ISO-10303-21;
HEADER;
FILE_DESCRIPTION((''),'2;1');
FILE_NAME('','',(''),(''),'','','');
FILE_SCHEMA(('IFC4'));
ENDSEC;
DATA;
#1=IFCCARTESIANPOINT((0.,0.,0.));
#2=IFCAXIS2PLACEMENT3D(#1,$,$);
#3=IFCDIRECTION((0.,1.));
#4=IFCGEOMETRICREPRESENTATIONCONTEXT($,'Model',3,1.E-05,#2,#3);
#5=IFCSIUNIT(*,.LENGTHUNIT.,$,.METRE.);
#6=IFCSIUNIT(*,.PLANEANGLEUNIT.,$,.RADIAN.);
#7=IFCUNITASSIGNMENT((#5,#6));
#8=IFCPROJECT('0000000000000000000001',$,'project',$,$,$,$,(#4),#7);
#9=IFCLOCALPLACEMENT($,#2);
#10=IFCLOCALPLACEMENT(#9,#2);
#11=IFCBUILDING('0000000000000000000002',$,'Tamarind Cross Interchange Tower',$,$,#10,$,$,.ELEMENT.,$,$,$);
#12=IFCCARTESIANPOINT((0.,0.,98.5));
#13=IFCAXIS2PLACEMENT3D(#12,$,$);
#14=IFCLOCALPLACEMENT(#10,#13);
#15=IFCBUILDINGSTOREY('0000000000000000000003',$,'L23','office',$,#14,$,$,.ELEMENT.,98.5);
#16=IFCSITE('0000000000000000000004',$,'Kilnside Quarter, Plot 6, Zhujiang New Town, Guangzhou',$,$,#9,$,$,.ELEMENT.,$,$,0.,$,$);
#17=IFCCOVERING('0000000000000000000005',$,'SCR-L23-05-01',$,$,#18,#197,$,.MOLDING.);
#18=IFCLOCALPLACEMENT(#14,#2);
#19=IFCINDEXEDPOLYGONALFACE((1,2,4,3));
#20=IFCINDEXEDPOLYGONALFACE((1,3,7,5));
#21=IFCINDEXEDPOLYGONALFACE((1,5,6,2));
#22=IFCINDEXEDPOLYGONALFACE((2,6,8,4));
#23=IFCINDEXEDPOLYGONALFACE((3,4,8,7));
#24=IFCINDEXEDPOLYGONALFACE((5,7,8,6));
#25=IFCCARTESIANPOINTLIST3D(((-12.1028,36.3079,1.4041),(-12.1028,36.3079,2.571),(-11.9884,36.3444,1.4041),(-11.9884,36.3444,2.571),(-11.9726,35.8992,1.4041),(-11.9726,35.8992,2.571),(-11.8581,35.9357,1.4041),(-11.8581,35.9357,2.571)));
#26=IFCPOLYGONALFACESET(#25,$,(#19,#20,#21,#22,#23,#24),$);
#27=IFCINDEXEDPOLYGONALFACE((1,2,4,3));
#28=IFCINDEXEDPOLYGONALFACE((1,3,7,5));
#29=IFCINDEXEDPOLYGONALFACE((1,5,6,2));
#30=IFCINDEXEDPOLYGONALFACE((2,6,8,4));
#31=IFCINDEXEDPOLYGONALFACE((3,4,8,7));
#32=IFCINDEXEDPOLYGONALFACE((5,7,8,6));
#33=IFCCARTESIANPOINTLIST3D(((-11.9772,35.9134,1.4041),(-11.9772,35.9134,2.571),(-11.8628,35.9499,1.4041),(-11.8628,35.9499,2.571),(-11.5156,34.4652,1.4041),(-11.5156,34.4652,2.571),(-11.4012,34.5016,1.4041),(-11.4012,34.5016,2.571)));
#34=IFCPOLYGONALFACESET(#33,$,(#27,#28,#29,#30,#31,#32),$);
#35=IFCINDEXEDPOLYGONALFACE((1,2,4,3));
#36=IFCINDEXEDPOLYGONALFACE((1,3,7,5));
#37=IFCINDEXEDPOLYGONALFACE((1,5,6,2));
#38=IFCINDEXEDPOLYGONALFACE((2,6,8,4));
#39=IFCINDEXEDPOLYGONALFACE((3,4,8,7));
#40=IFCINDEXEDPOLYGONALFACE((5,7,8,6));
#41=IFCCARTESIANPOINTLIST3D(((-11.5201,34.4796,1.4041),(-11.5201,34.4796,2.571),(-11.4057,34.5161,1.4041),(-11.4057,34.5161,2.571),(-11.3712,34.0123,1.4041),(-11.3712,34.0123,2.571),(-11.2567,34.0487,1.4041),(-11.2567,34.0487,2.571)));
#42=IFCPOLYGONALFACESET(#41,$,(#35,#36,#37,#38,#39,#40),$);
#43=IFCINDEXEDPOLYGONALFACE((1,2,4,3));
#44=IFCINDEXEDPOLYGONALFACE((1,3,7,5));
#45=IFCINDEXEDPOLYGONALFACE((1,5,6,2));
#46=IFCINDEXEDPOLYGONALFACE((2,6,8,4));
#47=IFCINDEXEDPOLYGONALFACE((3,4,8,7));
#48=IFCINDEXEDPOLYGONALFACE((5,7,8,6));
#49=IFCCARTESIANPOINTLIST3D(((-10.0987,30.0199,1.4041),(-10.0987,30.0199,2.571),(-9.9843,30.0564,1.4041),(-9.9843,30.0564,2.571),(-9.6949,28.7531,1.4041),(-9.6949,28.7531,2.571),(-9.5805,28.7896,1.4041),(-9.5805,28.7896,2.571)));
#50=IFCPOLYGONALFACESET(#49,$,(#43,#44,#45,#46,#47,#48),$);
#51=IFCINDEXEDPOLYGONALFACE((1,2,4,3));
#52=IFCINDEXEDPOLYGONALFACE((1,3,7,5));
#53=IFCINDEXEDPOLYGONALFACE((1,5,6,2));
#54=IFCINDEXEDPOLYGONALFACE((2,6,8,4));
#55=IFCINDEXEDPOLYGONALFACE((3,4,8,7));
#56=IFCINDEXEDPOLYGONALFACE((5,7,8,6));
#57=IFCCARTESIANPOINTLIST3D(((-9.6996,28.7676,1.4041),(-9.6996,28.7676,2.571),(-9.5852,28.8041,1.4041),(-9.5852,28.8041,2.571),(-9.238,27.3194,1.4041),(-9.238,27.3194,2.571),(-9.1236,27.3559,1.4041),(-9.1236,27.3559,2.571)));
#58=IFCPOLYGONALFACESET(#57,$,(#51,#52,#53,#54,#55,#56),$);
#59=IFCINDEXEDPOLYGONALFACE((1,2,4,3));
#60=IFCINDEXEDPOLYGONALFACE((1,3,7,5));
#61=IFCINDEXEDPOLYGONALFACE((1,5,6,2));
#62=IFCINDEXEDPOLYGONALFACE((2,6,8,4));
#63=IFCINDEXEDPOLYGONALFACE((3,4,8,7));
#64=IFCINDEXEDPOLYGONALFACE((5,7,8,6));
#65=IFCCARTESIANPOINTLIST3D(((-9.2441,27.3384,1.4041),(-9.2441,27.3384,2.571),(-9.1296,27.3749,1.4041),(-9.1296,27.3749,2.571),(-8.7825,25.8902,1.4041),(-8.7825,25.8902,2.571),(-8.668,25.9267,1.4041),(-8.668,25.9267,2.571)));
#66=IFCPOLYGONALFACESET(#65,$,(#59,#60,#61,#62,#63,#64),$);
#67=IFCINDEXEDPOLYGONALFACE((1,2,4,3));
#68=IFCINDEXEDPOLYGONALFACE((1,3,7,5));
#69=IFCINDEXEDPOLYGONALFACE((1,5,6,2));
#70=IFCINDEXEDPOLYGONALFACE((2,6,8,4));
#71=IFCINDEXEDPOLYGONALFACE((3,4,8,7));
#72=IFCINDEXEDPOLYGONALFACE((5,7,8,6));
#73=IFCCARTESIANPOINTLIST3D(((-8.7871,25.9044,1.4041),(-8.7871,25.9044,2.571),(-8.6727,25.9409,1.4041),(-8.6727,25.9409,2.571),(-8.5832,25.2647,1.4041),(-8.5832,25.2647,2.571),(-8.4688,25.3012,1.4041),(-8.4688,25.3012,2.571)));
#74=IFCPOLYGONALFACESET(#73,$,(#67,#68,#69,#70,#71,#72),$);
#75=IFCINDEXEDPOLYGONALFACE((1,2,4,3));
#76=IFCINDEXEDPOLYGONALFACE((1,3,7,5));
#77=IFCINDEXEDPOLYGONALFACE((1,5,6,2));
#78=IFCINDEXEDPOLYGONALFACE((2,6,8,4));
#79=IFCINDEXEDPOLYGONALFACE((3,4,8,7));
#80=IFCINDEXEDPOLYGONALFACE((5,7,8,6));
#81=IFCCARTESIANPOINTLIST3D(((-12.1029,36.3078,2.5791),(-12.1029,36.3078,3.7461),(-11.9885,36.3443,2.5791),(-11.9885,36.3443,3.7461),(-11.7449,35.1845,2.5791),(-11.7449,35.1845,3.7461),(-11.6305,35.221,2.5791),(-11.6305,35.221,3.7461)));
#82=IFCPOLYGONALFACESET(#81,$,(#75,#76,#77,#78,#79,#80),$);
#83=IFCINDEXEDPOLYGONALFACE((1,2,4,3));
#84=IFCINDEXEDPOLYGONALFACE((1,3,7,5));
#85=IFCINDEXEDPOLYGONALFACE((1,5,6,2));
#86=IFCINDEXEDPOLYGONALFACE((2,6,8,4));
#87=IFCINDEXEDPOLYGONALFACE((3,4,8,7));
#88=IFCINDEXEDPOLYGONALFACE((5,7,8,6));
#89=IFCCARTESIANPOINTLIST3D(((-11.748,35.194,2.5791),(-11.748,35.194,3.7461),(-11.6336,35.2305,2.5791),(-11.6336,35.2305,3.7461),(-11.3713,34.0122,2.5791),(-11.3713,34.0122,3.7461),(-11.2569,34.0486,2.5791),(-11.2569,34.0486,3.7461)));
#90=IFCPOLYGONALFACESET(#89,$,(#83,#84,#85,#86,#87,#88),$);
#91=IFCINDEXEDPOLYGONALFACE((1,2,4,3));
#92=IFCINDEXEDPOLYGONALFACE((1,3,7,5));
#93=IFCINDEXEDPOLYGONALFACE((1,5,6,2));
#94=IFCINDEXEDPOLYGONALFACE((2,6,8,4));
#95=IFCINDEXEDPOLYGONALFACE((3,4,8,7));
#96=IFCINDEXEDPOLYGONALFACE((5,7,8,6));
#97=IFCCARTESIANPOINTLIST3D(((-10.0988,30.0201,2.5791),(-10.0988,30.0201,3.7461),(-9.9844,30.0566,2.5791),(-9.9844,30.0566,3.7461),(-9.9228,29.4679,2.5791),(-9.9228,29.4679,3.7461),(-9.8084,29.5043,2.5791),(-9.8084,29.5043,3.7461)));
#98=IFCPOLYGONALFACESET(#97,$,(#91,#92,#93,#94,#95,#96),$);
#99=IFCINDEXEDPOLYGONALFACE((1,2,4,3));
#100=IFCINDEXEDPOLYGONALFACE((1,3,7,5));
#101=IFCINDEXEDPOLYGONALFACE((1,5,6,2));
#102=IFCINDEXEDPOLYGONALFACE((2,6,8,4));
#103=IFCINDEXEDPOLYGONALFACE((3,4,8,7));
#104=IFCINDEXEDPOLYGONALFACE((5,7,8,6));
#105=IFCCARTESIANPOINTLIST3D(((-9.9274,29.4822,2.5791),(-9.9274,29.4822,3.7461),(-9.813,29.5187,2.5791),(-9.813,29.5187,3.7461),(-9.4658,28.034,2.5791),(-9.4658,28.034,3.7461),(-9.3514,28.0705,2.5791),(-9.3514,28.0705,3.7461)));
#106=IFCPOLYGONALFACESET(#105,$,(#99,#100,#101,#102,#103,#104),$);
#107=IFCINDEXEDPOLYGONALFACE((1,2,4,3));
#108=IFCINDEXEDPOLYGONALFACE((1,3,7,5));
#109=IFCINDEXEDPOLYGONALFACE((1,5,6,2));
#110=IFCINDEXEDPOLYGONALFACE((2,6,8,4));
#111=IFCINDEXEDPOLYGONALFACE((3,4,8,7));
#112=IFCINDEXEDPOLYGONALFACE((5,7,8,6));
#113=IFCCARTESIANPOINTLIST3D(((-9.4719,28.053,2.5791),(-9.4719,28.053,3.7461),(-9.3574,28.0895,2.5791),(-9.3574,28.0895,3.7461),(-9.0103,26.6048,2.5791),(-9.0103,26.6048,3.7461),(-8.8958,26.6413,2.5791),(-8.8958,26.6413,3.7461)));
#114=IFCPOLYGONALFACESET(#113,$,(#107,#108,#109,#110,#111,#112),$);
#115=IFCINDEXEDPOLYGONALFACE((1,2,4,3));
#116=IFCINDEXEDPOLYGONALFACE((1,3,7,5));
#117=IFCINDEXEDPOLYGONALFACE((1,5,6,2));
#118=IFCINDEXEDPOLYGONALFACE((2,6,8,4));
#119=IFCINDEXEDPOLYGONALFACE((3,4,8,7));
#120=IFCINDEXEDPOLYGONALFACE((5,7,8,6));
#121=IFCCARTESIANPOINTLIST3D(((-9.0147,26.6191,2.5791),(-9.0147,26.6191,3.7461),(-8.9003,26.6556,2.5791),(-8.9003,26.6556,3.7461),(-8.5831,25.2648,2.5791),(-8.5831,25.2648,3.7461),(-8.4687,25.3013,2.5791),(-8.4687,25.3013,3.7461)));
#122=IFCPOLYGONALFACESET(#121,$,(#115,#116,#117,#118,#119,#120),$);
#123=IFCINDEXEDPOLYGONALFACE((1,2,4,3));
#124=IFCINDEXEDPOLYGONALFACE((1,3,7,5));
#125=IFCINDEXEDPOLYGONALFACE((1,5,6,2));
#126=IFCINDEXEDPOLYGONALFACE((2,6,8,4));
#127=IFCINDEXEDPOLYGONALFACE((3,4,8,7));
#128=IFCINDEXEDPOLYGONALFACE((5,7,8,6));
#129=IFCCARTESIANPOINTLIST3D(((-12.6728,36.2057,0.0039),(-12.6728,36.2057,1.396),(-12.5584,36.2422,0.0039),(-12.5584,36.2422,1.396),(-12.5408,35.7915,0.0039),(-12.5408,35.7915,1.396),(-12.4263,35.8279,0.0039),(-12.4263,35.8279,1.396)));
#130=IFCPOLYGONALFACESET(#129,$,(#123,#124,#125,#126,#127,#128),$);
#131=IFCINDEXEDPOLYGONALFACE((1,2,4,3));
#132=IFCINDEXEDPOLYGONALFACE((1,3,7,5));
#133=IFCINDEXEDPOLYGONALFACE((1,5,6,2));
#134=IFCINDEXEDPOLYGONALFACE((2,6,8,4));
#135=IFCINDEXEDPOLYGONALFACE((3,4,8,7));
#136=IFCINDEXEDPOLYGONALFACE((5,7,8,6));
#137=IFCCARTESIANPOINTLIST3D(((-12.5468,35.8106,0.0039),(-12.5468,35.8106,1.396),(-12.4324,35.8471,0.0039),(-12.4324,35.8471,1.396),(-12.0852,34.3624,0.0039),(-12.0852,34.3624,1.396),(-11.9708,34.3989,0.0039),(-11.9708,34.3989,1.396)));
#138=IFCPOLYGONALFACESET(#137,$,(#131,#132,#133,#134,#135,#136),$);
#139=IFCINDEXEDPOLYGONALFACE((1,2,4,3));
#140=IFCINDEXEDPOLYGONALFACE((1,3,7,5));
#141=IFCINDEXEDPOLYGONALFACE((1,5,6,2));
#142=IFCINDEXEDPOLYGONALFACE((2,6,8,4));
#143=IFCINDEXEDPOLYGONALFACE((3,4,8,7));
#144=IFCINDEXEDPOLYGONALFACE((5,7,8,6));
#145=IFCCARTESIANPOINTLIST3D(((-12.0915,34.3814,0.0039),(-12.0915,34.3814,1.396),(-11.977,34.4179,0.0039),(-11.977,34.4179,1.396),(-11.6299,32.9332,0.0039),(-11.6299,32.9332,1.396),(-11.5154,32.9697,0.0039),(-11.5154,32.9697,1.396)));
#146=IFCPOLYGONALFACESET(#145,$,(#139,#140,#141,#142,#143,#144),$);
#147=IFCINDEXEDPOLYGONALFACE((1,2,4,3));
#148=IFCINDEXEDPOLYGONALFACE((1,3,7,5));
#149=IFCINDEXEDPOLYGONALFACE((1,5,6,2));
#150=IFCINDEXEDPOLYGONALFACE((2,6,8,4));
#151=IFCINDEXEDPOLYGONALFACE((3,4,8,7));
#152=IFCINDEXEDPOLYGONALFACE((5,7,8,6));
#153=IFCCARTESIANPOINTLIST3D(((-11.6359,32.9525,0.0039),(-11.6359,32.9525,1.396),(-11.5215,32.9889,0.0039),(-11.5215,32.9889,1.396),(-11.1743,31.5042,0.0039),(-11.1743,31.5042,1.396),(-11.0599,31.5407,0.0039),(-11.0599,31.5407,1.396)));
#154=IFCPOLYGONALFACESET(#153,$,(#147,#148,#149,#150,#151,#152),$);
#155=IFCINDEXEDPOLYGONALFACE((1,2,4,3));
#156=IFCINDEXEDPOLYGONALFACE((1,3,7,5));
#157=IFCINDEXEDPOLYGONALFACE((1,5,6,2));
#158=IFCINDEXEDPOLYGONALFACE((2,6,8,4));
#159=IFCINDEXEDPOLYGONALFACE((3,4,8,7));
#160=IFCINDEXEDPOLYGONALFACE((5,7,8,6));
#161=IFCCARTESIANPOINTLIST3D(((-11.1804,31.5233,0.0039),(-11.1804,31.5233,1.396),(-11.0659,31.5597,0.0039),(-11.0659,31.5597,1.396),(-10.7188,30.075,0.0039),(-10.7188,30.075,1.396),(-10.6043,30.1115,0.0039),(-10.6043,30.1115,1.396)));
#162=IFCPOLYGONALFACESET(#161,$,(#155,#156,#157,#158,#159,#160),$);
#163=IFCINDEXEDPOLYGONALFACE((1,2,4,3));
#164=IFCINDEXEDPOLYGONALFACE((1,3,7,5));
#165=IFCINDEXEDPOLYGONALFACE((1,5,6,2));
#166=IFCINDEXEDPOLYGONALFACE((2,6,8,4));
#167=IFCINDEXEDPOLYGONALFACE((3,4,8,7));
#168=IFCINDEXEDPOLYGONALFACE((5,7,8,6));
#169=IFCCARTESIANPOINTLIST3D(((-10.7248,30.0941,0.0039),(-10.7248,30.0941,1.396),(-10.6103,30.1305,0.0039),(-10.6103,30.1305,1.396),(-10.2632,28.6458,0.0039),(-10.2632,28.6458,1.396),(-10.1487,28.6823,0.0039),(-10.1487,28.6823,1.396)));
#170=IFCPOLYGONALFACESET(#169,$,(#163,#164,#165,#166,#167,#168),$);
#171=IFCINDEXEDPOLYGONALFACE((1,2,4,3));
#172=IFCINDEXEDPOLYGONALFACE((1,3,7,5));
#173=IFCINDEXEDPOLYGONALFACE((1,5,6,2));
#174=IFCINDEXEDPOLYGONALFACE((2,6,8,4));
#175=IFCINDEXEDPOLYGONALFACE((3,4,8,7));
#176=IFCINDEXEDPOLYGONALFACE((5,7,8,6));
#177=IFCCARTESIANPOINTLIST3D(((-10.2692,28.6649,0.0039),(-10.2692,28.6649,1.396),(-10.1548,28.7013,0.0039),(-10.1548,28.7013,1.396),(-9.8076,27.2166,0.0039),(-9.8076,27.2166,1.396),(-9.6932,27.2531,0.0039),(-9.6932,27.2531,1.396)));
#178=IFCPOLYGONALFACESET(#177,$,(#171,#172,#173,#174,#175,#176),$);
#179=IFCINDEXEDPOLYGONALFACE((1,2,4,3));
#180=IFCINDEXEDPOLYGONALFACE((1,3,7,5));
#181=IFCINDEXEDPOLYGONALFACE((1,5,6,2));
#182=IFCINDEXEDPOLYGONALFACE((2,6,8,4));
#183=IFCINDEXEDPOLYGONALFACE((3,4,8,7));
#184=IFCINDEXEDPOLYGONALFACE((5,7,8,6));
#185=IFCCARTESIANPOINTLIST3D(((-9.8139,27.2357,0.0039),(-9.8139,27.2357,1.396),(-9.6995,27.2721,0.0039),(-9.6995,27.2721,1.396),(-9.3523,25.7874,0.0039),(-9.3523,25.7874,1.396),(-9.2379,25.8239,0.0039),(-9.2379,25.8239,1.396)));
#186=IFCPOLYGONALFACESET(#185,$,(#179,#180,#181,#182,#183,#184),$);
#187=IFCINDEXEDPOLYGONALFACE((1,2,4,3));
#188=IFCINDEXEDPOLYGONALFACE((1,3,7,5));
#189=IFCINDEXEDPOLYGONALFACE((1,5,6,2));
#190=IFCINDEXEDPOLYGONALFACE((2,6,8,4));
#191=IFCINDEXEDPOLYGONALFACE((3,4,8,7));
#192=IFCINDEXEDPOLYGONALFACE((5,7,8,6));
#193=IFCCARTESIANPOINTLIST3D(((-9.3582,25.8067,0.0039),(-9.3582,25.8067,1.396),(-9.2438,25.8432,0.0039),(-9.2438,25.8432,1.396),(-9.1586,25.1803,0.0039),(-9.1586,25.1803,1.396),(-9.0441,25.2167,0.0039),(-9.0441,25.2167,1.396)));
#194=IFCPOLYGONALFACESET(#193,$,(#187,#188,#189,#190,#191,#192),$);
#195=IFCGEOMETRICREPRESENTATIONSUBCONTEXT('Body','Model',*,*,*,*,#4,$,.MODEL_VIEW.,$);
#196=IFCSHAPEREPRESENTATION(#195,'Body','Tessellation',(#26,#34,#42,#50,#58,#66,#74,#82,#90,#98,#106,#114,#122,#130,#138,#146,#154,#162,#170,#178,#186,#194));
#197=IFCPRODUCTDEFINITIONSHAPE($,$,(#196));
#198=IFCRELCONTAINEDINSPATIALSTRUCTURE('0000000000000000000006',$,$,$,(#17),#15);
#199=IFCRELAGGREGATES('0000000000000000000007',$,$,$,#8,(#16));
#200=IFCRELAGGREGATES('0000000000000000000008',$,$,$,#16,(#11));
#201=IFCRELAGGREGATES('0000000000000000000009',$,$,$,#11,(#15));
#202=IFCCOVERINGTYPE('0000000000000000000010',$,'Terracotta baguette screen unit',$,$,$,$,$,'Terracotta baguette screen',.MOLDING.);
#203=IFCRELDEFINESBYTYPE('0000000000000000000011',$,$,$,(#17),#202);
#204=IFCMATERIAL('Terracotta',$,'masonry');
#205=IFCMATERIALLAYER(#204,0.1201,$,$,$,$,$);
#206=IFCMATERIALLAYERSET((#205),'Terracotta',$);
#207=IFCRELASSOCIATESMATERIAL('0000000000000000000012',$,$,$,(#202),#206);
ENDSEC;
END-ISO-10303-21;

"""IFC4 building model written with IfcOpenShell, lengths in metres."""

from ifc_helpers import new_model, si_unit, direction, frame, origin, origin_2d, place, context, subcontext, project, spatial, rectangle, extrude, material, layer, layer_set, type_object, element, save


model = new_model("IFC4")

# Units and contexts
model_context = context("Model", 3, precision=1e-05, world=origin(), true_north=direction((0.0, 1.0)))
body_context = subcontext(model_context, "Body", "Model", "MODEL_VIEW")
ifc_project = project(units=[si_unit("LENGTHUNIT", "METRE"), si_unit("PLANEANGLEUNIT", "RADIAN")], contexts=[model_context])

# Site, building, storey
site_placement = place(None, origin())
site = spatial("IfcSite", under=ifc_project, at=site_placement, Name="Kilnside Quarter, Plot 6, Zhujiang New Town, Guangzhou", CompositionType="ELEMENT", RefElevation=0.0)
building_placement = place(site_placement, origin())
building = spatial("IfcBuilding", under=site, at=building_placement, Name="Tamarind Cross Interchange Tower", CompositionType="ELEMENT")
storey_placement = place(building_placement, frame((0.0, 0.0, 98.5)))
storey = spatial("IfcBuildingStorey", under=building, at=storey_placement, Name="L23", Description="office", CompositionType="ELEMENT", Elevation=98.5)

# Covering
ifc_material_1 = material(Name="Terracotta", Category="masonry")
ifc_layer_1 = layer(ifc_material_1, 0.1201)
ifc_layer_set_1 = layer_set([ifc_layer_1], Name="Terracotta")
covering_type = type_object("IfcCoveringType", Name="Terracotta baguette screen unit", ElementType="Terracotta baguette screen", PredefinedType="MOLDING", material=ifc_layer_set_1)
covering_1_placement = place(storey_placement, origin())
element("IfcCovering", 1, at=covering_1_placement, inside=storey, type_object=covering_type, Name="SCR-L23-05-01", PredefinedType="MOLDING", context=body_context, shape_type="SweptSolid", body=[
    extrude(rectangle(XDim=0.429, YDim=0.1201, at=origin_2d()), frame((-11.9805, 36.1218, 1.4041), z_axis=(0.0, 0.0, 1.0), x_axis=(0.303683, -0.952773, 0.0)), (0.0, 0.0, 1.0), 1.167),
    extrude(rectangle(XDim=1.52, YDim=0.1201, at=origin_2d()), frame((-11.6892, 35.2075, 1.4041), z_axis=(0.0, 0.0, 1.0), x_axis=(0.303683, -0.952773, 0.0)), (0.0, 0.0, 1.0), 1.167),
    extrude(rectangle(XDim=0.4905, YDim=0.1201, at=origin_2d()), frame((-11.3884, 34.2642, 1.4041), z_axis=(0.0, 0.0, 1.0), x_axis=(0.303683, -0.952773, 0.0)), (0.0, 0.0, 1.0), 1.167),
    extrude(rectangle(XDim=1.3296, YDim=0.1201, at=origin_2d()), frame((-9.8396, 29.4048, 1.4041), z_axis=(0.0, 0.0, 1.0), x_axis=(0.303683, -0.952773, 0.0)), (0.0, 0.0, 1.0), 1.167),
    extrude(rectangle(XDim=1.52, YDim=0.1201, at=origin_2d()), frame((-9.4116, 28.0618, 1.4041), z_axis=(0.0, 0.0, 1.0), x_axis=(0.303683, -0.952773, 0.0)), (0.0, 0.0, 1.0), 1.167),
    extrude(rectangle(XDim=1.52, YDim=0.1201, at=origin_2d()), frame((-8.9561, 26.6326, 1.4041), z_axis=(0.0, 0.0, 1.0), x_axis=(0.303683, -0.952773, 0.0)), (0.0, 0.0, 1.0), 1.167),
    extrude(rectangle(XDim=0.6714, YDim=0.1201, at=origin_2d()), frame((-8.6279, 25.6028, 1.4041), z_axis=(0.0, 0.0, 1.0), x_axis=(0.303683, -0.952773, 0.0)), (0.0, 0.0, 1.0), 1.167),
    extrude(rectangle(XDim=1.179, YDim=0.1201, at=origin_2d()), frame((-11.8667, 35.7644, 2.5791), z_axis=(0.0, 0.0, 1.0), x_axis=(0.303683, -0.952773, 0.0)), (0.0, 0.0, 1.0), 1.167),
    extrude(rectangle(XDim=1.2405, YDim=0.1201, at=origin_2d()), frame((-11.5024, 34.6213, 2.5791), z_axis=(0.0, 0.0, 1.0), x_axis=(0.303683, -0.952773, 0.0)), (0.0, 0.0, 1.0), 1.167),
    extrude(rectangle(XDim=0.5796, YDim=0.1201, at=origin_2d()), frame((-9.9536, 29.7622, 2.5791), z_axis=(0.0, 0.0, 1.0), x_axis=(0.303683, -0.952773, 0.0)), (0.0, 0.0, 1.0), 1.167),
    extrude(rectangle(XDim=1.52, YDim=0.1201, at=origin_2d()), frame((-9.6394, 28.7764, 2.5791), z_axis=(0.0, 0.0, 1.0), x_axis=(0.303683, -0.952773, 0.0)), (0.0, 0.0, 1.0), 1.167),
    extrude(rectangle(XDim=1.52, YDim=0.1201, at=origin_2d()), frame((-9.1838, 27.3472, 2.5791), z_axis=(0.0, 0.0, 1.0), x_axis=(0.303683, -0.952773, 0.0)), (0.0, 0.0, 1.0), 1.167),
    extrude(rectangle(XDim=1.4214, YDim=0.1201, at=origin_2d()), frame((-8.7417, 25.9602, 2.5791), z_axis=(0.0, 0.0, 1.0), x_axis=(0.303683, -0.952773, 0.0)), (0.0, 0.0, 1.0), 1.167),
    extrude(rectangle(XDim=0.4348, YDim=0.1201, at=origin_2d()), frame((-12.5496, 36.0168, 0.0039), z_axis=(0.0, 0.0, 1.0), x_axis=(0.303683, -0.952773, 0.0)), (0.0, 0.0, 1.0), 1.3921),
    extrude(rectangle(XDim=1.52, YDim=0.1201, at=origin_2d()), frame((-12.2588, 35.1047, 0.0039), z_axis=(0.0, 0.0, 1.0), x_axis=(0.303683, -0.952773, 0.0)), (0.0, 0.0, 1.0), 1.3921),
    extrude(rectangle(XDim=1.52, YDim=0.1201, at=origin_2d()), frame((-11.8035, 33.6755, 0.0039), z_axis=(0.0, 0.0, 1.0), x_axis=(0.303683, -0.952773, 0.0)), (0.0, 0.0, 1.0), 1.3921),
    extrude(rectangle(XDim=1.52, YDim=0.1201, at=origin_2d()), frame((-11.3479, 32.2466, 0.0039), z_axis=(0.0, 0.0, 1.0), x_axis=(0.303683, -0.952773, 0.0)), (0.0, 0.0, 1.0), 1.3921),
    extrude(rectangle(XDim=1.52, YDim=0.1201, at=origin_2d()), frame((-10.8923, 30.8174, 0.0039), z_axis=(0.0, 0.0, 1.0), x_axis=(0.303683, -0.952773, 0.0)), (0.0, 0.0, 1.0), 1.3921),
    extrude(rectangle(XDim=1.52, YDim=0.1201, at=origin_2d()), frame((-10.4368, 29.3882, 0.0039), z_axis=(0.0, 0.0, 1.0), x_axis=(0.303683, -0.952773, 0.0)), (0.0, 0.0, 1.0), 1.3921),
    extrude(rectangle(XDim=1.52, YDim=0.1201, at=origin_2d()), frame((-9.9812, 27.959, 0.0039), z_axis=(0.0, 0.0, 1.0), x_axis=(0.303683, -0.952773, 0.0)), (0.0, 0.0, 1.0), 1.3921),
    extrude(rectangle(XDim=1.52, YDim=0.1201, at=origin_2d()), frame((-9.5259, 26.5298, 0.0039), z_axis=(0.0, 0.0, 1.0), x_axis=(0.303683, -0.952773, 0.0)), (0.0, 0.0, 1.0), 1.3921),
    extrude(rectangle(XDim=0.6575, YDim=0.1201, at=origin_2d()), frame((-9.2012, 25.5117, 0.0039), z_axis=(0.0, 0.0, 1.0), x_axis=(0.303683, -0.952773, 0.0)), (0.0, 0.0, 1.0), 1.3921),
])

save(model, "model.ifc")
